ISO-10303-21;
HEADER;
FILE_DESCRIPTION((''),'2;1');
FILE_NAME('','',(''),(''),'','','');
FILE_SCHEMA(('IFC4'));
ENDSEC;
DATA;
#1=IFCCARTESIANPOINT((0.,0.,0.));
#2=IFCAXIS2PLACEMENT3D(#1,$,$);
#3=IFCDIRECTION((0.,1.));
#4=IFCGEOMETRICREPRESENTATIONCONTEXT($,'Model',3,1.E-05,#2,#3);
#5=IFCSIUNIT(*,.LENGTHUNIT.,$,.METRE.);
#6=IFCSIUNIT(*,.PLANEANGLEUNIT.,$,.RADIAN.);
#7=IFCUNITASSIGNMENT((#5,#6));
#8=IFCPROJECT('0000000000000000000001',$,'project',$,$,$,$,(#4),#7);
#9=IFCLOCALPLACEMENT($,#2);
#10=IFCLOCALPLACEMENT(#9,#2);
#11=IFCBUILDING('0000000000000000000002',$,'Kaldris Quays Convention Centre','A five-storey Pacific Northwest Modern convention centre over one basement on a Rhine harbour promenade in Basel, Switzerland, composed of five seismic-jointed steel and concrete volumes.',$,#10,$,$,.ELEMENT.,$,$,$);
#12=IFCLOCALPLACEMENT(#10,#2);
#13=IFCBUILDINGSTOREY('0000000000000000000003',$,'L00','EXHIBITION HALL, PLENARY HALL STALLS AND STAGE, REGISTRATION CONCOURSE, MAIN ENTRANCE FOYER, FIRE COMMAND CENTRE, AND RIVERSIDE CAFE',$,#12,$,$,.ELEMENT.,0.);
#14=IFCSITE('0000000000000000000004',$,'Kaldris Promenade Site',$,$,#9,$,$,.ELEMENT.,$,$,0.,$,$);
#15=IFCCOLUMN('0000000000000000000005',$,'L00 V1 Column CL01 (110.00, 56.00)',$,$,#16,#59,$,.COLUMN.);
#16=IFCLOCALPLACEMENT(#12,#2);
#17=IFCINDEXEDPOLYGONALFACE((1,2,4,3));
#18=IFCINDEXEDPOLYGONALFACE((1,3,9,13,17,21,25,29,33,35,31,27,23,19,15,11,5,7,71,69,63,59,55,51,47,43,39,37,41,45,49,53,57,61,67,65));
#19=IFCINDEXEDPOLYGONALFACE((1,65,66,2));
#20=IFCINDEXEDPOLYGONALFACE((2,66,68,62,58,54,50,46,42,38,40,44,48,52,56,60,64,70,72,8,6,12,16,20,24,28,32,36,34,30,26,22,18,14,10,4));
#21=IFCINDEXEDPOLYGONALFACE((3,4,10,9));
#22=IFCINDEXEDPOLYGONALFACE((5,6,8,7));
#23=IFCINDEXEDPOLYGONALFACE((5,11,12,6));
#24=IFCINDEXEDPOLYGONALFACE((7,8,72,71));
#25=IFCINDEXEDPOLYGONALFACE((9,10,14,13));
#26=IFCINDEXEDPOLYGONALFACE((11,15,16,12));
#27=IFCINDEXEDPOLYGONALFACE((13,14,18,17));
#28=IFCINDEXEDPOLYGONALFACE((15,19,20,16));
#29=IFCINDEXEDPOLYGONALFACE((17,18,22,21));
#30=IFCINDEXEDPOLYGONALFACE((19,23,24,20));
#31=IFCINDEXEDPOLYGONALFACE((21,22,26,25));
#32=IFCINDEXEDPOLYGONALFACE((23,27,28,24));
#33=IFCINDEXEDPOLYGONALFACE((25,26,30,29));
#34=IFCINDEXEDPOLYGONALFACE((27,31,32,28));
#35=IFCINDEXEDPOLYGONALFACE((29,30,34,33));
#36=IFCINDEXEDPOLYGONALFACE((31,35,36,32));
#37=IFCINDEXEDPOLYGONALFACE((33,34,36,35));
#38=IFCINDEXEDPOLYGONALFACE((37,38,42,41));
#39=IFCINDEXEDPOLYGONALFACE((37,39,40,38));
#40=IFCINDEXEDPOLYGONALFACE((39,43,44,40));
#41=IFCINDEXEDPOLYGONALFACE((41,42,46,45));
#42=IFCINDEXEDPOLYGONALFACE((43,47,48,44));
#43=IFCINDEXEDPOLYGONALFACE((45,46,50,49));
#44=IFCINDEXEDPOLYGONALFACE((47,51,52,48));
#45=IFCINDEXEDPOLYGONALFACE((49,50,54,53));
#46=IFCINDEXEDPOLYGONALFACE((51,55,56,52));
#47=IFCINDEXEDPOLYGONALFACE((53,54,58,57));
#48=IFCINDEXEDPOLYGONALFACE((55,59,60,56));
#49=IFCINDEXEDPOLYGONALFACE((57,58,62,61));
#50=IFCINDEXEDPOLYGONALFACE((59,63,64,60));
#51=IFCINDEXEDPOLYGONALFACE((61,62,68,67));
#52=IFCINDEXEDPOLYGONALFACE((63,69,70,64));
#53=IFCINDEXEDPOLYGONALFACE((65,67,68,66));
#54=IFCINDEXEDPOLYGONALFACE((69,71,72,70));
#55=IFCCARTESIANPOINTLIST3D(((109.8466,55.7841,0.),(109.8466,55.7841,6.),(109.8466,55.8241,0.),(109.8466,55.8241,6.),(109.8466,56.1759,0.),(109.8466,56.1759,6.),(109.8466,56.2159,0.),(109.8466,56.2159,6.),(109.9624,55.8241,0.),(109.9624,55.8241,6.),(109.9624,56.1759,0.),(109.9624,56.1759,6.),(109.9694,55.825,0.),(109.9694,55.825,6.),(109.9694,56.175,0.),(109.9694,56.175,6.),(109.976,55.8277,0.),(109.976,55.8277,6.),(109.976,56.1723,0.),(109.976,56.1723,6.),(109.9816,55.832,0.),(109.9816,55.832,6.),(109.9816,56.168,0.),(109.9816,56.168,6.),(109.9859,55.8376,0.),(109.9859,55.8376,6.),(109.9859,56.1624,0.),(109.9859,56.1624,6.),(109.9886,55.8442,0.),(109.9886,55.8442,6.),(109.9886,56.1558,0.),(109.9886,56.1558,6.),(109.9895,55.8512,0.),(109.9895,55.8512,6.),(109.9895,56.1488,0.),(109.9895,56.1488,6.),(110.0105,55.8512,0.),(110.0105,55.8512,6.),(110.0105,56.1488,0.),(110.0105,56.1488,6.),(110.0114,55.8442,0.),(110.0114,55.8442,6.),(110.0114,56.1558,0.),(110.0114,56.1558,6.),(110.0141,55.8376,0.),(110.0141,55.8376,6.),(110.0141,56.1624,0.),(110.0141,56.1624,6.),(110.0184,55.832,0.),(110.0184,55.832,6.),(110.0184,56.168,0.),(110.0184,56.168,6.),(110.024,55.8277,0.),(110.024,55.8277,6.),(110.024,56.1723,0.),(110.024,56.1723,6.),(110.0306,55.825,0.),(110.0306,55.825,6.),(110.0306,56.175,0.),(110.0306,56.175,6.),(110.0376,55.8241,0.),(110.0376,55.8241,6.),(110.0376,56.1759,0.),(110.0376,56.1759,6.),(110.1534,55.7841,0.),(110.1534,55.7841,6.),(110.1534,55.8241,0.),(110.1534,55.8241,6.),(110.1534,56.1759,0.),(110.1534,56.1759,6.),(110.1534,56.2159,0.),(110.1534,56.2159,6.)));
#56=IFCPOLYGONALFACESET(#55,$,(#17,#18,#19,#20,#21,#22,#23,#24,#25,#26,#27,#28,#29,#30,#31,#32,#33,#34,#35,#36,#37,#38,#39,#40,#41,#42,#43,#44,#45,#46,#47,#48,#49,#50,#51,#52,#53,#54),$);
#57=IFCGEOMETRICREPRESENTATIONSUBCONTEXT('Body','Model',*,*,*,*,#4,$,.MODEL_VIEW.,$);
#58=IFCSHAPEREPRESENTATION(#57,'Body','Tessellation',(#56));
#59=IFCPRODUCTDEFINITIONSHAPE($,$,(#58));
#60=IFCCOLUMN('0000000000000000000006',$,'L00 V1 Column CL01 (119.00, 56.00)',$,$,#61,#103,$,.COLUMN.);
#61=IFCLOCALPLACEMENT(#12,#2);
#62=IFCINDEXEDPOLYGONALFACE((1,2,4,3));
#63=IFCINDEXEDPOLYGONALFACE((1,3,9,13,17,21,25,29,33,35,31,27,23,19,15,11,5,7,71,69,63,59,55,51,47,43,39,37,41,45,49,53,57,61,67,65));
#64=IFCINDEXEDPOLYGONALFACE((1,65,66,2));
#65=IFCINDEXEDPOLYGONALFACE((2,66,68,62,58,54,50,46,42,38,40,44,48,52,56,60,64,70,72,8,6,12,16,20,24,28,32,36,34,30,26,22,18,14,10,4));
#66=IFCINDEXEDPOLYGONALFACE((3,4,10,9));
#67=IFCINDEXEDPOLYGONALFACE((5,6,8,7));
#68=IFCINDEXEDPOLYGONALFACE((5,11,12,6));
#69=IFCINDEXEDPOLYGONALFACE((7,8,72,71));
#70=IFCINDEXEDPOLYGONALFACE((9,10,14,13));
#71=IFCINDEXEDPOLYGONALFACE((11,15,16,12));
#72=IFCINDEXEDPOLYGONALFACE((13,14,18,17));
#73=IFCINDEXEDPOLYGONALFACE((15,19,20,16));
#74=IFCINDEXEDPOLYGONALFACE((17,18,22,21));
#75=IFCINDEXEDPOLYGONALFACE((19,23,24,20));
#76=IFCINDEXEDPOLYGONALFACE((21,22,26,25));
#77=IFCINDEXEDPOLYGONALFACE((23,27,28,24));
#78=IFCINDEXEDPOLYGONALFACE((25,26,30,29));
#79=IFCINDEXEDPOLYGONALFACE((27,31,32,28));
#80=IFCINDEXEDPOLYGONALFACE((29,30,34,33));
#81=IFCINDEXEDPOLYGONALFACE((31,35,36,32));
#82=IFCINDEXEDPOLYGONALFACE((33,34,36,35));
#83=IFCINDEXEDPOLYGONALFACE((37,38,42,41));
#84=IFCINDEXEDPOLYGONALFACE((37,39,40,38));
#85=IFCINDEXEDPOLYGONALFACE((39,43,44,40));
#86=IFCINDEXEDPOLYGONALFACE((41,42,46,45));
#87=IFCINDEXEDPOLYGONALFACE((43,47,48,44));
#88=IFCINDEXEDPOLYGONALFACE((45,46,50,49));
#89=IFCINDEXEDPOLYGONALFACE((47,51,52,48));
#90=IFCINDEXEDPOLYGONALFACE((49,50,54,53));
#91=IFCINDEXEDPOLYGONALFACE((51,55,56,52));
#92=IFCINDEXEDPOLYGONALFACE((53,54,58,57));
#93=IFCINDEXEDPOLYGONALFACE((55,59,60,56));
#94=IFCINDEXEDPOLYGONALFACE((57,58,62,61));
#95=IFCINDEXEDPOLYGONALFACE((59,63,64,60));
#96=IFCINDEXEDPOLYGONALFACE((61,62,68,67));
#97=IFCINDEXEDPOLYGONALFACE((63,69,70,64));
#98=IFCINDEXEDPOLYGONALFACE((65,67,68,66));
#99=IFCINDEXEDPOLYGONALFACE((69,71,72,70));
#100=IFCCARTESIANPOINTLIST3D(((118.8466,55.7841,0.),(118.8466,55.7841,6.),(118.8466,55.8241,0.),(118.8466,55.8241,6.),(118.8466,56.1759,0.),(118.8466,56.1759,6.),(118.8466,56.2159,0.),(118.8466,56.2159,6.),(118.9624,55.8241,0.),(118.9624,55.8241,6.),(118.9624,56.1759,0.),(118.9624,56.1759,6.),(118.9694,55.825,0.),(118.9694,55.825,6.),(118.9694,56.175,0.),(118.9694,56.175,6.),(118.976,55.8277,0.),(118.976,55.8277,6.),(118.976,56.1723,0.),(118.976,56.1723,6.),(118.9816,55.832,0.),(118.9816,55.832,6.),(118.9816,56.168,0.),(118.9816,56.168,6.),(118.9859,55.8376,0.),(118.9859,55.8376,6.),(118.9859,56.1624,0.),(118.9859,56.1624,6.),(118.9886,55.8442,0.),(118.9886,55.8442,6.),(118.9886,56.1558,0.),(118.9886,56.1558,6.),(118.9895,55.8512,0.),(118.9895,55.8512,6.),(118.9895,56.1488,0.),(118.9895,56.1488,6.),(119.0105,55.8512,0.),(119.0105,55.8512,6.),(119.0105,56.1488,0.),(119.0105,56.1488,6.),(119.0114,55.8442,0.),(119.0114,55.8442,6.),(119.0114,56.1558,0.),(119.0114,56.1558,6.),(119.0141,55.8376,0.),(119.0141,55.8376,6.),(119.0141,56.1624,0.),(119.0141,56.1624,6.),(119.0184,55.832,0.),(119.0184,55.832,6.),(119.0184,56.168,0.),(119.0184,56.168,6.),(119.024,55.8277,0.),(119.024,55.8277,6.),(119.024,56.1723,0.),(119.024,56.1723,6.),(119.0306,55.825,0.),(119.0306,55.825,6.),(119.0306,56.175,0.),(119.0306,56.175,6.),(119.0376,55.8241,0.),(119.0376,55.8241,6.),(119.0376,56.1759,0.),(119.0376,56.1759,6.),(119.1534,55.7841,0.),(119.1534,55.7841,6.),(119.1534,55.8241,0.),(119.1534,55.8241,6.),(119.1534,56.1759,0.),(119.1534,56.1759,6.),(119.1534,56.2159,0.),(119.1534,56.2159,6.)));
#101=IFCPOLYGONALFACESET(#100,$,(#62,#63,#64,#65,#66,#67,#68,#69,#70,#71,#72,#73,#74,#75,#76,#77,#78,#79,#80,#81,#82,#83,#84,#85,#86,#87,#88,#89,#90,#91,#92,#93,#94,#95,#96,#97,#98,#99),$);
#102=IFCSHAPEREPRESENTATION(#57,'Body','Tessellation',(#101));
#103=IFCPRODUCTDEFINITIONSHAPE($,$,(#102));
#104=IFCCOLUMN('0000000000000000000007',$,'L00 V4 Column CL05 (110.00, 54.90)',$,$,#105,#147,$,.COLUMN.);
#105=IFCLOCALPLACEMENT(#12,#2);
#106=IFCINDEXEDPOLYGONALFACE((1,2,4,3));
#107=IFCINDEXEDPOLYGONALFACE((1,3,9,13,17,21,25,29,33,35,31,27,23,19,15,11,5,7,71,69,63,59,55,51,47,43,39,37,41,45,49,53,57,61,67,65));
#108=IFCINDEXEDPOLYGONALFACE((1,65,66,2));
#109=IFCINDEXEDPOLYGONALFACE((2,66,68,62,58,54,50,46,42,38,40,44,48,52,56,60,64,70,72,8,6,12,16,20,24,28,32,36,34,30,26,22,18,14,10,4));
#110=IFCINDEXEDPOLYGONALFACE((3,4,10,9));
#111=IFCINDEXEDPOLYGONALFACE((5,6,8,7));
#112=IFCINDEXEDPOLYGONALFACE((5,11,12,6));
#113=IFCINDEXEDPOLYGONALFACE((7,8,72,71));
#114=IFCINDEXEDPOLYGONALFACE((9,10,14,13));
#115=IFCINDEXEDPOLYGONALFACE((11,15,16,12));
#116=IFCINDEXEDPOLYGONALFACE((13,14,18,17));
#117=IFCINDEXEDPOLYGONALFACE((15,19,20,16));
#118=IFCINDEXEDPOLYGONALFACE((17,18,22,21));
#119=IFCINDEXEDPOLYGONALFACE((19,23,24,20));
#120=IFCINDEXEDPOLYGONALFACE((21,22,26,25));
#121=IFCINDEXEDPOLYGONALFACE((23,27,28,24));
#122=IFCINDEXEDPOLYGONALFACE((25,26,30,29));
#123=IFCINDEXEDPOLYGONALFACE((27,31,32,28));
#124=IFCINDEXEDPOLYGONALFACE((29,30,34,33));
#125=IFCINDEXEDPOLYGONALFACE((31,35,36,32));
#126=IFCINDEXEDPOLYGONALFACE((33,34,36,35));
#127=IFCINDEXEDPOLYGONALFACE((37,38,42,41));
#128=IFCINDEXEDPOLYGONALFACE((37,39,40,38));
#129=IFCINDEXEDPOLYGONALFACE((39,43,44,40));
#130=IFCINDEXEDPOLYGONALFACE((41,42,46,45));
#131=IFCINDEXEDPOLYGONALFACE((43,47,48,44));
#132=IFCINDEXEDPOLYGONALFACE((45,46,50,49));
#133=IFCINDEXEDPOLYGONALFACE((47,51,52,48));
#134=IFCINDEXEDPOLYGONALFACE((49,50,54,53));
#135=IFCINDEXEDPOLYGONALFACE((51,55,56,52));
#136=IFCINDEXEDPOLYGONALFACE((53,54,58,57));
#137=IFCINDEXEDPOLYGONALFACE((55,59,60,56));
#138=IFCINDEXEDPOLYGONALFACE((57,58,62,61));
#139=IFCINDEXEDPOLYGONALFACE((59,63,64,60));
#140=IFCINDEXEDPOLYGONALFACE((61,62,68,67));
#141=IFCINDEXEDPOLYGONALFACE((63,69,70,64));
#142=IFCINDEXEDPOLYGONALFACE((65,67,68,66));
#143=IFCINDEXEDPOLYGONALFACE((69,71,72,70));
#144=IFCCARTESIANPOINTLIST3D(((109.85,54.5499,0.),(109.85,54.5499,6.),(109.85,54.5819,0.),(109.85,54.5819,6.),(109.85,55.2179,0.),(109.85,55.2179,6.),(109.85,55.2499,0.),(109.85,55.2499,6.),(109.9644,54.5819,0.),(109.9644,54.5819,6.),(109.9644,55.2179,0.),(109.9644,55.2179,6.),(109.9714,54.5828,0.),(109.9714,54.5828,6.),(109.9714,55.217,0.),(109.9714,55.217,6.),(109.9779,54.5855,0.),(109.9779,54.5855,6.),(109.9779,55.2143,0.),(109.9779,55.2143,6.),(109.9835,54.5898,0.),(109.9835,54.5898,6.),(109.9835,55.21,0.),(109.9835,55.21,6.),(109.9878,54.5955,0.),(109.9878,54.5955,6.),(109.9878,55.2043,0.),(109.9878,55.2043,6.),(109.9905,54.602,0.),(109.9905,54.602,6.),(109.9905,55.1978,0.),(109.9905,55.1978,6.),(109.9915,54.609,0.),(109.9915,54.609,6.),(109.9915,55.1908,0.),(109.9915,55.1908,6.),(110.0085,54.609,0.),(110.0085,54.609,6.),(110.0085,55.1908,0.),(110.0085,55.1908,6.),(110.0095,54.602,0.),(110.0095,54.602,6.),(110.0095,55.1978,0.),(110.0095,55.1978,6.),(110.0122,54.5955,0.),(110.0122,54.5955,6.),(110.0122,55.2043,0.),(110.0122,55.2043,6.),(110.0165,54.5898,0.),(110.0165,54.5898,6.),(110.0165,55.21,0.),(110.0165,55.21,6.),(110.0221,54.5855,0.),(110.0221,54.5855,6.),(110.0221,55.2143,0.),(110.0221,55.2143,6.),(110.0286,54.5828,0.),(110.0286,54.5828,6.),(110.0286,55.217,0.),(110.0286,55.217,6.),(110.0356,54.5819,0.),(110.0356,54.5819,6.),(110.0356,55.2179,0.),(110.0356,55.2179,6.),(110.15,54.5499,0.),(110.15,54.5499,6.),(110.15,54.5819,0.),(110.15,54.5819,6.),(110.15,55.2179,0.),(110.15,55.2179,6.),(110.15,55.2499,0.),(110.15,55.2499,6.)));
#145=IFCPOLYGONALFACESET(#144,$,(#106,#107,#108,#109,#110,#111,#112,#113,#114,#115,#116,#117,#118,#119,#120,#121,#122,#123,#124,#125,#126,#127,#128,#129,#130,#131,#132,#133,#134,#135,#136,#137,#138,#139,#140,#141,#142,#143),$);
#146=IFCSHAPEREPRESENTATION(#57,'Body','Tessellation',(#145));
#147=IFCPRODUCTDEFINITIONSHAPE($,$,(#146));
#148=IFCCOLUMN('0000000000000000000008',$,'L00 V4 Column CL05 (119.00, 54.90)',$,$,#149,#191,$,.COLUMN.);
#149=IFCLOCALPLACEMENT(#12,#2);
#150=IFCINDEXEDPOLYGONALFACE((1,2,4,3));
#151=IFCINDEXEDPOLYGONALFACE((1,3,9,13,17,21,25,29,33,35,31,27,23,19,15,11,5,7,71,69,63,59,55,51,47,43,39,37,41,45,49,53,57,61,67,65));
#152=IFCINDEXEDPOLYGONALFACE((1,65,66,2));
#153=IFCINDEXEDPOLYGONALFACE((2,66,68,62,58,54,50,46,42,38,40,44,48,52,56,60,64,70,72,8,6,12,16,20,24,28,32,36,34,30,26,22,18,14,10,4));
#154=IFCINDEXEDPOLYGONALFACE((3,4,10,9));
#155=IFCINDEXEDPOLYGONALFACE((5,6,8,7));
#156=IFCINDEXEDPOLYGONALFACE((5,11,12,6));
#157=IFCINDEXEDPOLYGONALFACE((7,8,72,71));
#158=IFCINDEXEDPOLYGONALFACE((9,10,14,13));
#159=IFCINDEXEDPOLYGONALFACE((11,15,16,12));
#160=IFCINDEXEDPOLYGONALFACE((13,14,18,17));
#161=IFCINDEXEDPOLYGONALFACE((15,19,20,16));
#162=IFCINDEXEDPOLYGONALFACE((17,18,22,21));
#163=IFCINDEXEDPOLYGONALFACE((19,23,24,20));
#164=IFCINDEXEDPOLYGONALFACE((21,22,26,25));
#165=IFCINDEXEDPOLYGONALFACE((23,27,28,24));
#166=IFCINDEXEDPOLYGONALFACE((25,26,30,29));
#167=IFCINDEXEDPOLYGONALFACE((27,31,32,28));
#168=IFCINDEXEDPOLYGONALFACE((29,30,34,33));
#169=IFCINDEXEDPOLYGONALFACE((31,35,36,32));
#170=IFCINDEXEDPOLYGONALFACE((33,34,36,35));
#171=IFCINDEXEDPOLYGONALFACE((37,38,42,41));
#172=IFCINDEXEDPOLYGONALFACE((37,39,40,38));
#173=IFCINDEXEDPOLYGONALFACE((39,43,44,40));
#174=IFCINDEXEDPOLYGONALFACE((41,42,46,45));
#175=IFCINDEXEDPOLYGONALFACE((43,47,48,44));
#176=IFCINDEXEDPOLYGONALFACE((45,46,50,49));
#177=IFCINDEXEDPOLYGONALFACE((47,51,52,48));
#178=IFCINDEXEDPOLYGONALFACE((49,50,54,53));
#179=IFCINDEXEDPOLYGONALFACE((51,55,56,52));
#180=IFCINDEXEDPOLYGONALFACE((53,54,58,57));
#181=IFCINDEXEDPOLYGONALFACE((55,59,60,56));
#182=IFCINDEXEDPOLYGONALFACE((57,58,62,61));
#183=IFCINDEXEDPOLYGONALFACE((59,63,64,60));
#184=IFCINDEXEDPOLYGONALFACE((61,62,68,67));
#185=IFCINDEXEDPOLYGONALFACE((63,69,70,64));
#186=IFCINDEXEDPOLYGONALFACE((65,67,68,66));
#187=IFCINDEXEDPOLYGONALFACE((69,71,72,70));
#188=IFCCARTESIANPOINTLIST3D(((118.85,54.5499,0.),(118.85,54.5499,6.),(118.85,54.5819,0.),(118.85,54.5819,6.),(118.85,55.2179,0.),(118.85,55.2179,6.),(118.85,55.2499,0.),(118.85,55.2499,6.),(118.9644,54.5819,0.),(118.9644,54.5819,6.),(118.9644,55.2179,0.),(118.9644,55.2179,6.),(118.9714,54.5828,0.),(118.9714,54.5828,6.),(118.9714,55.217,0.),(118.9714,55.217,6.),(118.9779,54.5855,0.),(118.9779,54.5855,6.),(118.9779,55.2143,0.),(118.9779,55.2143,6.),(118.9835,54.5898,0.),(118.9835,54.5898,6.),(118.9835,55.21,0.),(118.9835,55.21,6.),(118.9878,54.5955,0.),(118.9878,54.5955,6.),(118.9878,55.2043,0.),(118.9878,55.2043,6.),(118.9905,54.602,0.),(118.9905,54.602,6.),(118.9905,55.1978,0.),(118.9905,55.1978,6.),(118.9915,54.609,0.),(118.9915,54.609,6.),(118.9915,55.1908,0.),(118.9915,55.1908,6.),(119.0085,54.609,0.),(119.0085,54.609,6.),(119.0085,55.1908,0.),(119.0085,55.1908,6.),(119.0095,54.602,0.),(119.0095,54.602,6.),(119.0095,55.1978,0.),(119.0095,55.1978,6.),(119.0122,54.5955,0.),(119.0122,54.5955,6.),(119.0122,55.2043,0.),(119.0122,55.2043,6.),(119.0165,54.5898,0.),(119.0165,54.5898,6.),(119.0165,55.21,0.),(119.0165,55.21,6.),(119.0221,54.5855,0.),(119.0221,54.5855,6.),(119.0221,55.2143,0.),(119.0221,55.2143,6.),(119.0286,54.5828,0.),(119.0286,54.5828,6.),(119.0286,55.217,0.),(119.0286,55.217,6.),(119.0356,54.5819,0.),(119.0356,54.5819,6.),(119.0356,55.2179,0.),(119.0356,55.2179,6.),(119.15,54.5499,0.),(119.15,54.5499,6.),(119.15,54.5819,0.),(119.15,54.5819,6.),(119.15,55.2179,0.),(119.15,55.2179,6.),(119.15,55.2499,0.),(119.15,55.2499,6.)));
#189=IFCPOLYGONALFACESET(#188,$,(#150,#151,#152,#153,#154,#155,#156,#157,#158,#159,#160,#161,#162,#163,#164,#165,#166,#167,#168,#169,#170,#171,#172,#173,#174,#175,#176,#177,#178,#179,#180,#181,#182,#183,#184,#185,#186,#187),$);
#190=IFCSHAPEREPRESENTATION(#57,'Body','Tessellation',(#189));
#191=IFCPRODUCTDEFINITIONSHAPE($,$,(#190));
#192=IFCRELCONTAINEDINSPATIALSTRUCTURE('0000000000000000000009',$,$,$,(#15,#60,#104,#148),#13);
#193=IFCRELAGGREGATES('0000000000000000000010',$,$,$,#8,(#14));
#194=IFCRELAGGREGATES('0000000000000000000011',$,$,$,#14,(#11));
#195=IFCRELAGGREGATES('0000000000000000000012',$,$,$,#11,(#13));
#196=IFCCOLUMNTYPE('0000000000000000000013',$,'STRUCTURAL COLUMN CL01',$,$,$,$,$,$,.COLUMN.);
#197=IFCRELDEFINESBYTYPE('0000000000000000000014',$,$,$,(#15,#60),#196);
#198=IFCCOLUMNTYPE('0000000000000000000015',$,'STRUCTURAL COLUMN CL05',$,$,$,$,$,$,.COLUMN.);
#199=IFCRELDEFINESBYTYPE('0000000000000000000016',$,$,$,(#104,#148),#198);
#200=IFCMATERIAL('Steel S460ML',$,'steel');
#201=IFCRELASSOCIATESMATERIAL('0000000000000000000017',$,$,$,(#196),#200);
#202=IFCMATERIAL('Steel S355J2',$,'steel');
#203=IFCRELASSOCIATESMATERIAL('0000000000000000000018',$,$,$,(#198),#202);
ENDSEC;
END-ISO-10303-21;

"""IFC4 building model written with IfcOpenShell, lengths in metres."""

from ifc_helpers import new_model, si_unit, direction, frame, origin, origin_2d, place, context, subcontext, project, spatial, i_section, extrude, material, material_profile, profile_set, type_object, element, save


model = new_model("IFC4")

# Units and contexts
model_context = context("Model", 3, precision=1e-05, world=origin(), true_north=direction((0.0, 1.0)))
body_context = subcontext(model_context, "Body", "Model", "MODEL_VIEW")
ifc_project = project(units=[si_unit("LENGTHUNIT", "METRE"), si_unit("PLANEANGLEUNIT", "RADIAN")], contexts=[model_context])

# Site, building, storey
site_placement = place(None, origin())
site = spatial("IfcSite", under=ifc_project, at=site_placement, Name="Kaldris Promenade Site", CompositionType="ELEMENT", RefElevation=0.0)
building_placement = place(site_placement, origin())
building = spatial("IfcBuilding", under=site, at=building_placement, Name="Kaldris Quays Convention Centre", Description="A five-storey Pacific Northwest Modern convention centre over one basement on a Rhine harbour promenade in Basel, Switzerland, composed of five seismic-jointed steel and concrete volumes.", CompositionType="ELEMENT")
storey_placement = place(building_placement, origin())
storey = spatial("IfcBuildingStorey", under=building, at=storey_placement, Name="L00", Description="EXHIBITION HALL, PLENARY HALL STALLS AND STAGE, REGISTRATION CONCOURSE, MAIN ENTRANCE FOYER, FIRE COMMAND CENTRE, AND RIVERSIDE CAFE", CompositionType="ELEMENT", Elevation=0.0)

# Columns
ifc_material_1 = material(Name="Steel S460ML", Category="steel")
ifc_material_profile_1 = material_profile(ifc_material_1, i_section(OverallWidth=0.3069, OverallDepth=0.4319, WebThickness=0.021, FlangeThickness=0.04, FilletRadius=0.0271, at=origin_2d()), Name="HEM 400")
ifc_profile_set_1 = profile_set([ifc_material_profile_1], Name="Steel S460ML")
column_type_1 = type_object("IfcColumnType", Name="STRUCTURAL COLUMN CL01", PredefinedType="COLUMN", material=ifc_profile_set_1)
for number, where, z_axis, x_axis, name in (
    (1, (110.0, 56.0, 0.0), (0.0, 0.0, 1.0), (1.0, 0.0, 0.0), "L00 V1 Column CL01 (110.00, 56.00)"),
    (2, (119.0, 56.0, 0.0), (0.0, 0.0, 1.0), (1.0, 0.0, 0.0), "L00 V1 Column CL01 (119.00, 56.00)"),
):
    element("IfcColumn", number, at=place(storey_placement, frame(where, z_axis=z_axis, x_axis=x_axis)), inside=storey, type_object=column_type_1, Name=name, PredefinedType="COLUMN", context=body_context, shape_type="SweptSolid", body=[
        extrude(i_section(OverallWidth=0.3069, OverallDepth=0.4319, WebThickness=0.021, FlangeThickness=0.04, FilletRadius=0.0271, at=origin_2d()), origin(), (0.0, 0.0, 1.0), 6.0),
    ])
ifc_material_2 = material(Name="Steel S355J2", Category="steel")
ifc_material_profile_2 = material_profile(ifc_material_2, i_section(OverallWidth=0.3, OverallDepth=0.7, WebThickness=0.0171, FlangeThickness=0.032, FilletRadius=0.0271, at=origin_2d()), Name="HEB 700")
ifc_profile_set_2 = profile_set([ifc_material_profile_2], Name="Steel S355J2")
column_type_2 = type_object("IfcColumnType", Name="STRUCTURAL COLUMN CL05", PredefinedType="COLUMN", material=ifc_profile_set_2)
for number, where, z_axis, x_axis, name in (
    (3, (110.0, 54.8999, 0.0), (0.0, 0.0, 1.0), (1.0, 0.0, 0.0), "L00 V4 Column CL05 (110.00, 54.90)"),
    (4, (119.0, 54.8999, 0.0), (0.0, 0.0, 1.0), (1.0, 0.0, 0.0), "L00 V4 Column CL05 (119.00, 54.90)"),
):
    element("IfcColumn", number, at=place(storey_placement, frame(where, z_axis=z_axis, x_axis=x_axis)), inside=storey, type_object=column_type_2, Name=name, PredefinedType="COLUMN", context=body_context, shape_type="SweptSolid", body=[
        extrude(i_section(OverallWidth=0.3, OverallDepth=0.7, WebThickness=0.0171, FlangeThickness=0.032, FilletRadius=0.0271, at=origin_2d()), origin(), (0.0, 0.0, 1.0), 6.0),
    ])

save(model, "model.ifc")
